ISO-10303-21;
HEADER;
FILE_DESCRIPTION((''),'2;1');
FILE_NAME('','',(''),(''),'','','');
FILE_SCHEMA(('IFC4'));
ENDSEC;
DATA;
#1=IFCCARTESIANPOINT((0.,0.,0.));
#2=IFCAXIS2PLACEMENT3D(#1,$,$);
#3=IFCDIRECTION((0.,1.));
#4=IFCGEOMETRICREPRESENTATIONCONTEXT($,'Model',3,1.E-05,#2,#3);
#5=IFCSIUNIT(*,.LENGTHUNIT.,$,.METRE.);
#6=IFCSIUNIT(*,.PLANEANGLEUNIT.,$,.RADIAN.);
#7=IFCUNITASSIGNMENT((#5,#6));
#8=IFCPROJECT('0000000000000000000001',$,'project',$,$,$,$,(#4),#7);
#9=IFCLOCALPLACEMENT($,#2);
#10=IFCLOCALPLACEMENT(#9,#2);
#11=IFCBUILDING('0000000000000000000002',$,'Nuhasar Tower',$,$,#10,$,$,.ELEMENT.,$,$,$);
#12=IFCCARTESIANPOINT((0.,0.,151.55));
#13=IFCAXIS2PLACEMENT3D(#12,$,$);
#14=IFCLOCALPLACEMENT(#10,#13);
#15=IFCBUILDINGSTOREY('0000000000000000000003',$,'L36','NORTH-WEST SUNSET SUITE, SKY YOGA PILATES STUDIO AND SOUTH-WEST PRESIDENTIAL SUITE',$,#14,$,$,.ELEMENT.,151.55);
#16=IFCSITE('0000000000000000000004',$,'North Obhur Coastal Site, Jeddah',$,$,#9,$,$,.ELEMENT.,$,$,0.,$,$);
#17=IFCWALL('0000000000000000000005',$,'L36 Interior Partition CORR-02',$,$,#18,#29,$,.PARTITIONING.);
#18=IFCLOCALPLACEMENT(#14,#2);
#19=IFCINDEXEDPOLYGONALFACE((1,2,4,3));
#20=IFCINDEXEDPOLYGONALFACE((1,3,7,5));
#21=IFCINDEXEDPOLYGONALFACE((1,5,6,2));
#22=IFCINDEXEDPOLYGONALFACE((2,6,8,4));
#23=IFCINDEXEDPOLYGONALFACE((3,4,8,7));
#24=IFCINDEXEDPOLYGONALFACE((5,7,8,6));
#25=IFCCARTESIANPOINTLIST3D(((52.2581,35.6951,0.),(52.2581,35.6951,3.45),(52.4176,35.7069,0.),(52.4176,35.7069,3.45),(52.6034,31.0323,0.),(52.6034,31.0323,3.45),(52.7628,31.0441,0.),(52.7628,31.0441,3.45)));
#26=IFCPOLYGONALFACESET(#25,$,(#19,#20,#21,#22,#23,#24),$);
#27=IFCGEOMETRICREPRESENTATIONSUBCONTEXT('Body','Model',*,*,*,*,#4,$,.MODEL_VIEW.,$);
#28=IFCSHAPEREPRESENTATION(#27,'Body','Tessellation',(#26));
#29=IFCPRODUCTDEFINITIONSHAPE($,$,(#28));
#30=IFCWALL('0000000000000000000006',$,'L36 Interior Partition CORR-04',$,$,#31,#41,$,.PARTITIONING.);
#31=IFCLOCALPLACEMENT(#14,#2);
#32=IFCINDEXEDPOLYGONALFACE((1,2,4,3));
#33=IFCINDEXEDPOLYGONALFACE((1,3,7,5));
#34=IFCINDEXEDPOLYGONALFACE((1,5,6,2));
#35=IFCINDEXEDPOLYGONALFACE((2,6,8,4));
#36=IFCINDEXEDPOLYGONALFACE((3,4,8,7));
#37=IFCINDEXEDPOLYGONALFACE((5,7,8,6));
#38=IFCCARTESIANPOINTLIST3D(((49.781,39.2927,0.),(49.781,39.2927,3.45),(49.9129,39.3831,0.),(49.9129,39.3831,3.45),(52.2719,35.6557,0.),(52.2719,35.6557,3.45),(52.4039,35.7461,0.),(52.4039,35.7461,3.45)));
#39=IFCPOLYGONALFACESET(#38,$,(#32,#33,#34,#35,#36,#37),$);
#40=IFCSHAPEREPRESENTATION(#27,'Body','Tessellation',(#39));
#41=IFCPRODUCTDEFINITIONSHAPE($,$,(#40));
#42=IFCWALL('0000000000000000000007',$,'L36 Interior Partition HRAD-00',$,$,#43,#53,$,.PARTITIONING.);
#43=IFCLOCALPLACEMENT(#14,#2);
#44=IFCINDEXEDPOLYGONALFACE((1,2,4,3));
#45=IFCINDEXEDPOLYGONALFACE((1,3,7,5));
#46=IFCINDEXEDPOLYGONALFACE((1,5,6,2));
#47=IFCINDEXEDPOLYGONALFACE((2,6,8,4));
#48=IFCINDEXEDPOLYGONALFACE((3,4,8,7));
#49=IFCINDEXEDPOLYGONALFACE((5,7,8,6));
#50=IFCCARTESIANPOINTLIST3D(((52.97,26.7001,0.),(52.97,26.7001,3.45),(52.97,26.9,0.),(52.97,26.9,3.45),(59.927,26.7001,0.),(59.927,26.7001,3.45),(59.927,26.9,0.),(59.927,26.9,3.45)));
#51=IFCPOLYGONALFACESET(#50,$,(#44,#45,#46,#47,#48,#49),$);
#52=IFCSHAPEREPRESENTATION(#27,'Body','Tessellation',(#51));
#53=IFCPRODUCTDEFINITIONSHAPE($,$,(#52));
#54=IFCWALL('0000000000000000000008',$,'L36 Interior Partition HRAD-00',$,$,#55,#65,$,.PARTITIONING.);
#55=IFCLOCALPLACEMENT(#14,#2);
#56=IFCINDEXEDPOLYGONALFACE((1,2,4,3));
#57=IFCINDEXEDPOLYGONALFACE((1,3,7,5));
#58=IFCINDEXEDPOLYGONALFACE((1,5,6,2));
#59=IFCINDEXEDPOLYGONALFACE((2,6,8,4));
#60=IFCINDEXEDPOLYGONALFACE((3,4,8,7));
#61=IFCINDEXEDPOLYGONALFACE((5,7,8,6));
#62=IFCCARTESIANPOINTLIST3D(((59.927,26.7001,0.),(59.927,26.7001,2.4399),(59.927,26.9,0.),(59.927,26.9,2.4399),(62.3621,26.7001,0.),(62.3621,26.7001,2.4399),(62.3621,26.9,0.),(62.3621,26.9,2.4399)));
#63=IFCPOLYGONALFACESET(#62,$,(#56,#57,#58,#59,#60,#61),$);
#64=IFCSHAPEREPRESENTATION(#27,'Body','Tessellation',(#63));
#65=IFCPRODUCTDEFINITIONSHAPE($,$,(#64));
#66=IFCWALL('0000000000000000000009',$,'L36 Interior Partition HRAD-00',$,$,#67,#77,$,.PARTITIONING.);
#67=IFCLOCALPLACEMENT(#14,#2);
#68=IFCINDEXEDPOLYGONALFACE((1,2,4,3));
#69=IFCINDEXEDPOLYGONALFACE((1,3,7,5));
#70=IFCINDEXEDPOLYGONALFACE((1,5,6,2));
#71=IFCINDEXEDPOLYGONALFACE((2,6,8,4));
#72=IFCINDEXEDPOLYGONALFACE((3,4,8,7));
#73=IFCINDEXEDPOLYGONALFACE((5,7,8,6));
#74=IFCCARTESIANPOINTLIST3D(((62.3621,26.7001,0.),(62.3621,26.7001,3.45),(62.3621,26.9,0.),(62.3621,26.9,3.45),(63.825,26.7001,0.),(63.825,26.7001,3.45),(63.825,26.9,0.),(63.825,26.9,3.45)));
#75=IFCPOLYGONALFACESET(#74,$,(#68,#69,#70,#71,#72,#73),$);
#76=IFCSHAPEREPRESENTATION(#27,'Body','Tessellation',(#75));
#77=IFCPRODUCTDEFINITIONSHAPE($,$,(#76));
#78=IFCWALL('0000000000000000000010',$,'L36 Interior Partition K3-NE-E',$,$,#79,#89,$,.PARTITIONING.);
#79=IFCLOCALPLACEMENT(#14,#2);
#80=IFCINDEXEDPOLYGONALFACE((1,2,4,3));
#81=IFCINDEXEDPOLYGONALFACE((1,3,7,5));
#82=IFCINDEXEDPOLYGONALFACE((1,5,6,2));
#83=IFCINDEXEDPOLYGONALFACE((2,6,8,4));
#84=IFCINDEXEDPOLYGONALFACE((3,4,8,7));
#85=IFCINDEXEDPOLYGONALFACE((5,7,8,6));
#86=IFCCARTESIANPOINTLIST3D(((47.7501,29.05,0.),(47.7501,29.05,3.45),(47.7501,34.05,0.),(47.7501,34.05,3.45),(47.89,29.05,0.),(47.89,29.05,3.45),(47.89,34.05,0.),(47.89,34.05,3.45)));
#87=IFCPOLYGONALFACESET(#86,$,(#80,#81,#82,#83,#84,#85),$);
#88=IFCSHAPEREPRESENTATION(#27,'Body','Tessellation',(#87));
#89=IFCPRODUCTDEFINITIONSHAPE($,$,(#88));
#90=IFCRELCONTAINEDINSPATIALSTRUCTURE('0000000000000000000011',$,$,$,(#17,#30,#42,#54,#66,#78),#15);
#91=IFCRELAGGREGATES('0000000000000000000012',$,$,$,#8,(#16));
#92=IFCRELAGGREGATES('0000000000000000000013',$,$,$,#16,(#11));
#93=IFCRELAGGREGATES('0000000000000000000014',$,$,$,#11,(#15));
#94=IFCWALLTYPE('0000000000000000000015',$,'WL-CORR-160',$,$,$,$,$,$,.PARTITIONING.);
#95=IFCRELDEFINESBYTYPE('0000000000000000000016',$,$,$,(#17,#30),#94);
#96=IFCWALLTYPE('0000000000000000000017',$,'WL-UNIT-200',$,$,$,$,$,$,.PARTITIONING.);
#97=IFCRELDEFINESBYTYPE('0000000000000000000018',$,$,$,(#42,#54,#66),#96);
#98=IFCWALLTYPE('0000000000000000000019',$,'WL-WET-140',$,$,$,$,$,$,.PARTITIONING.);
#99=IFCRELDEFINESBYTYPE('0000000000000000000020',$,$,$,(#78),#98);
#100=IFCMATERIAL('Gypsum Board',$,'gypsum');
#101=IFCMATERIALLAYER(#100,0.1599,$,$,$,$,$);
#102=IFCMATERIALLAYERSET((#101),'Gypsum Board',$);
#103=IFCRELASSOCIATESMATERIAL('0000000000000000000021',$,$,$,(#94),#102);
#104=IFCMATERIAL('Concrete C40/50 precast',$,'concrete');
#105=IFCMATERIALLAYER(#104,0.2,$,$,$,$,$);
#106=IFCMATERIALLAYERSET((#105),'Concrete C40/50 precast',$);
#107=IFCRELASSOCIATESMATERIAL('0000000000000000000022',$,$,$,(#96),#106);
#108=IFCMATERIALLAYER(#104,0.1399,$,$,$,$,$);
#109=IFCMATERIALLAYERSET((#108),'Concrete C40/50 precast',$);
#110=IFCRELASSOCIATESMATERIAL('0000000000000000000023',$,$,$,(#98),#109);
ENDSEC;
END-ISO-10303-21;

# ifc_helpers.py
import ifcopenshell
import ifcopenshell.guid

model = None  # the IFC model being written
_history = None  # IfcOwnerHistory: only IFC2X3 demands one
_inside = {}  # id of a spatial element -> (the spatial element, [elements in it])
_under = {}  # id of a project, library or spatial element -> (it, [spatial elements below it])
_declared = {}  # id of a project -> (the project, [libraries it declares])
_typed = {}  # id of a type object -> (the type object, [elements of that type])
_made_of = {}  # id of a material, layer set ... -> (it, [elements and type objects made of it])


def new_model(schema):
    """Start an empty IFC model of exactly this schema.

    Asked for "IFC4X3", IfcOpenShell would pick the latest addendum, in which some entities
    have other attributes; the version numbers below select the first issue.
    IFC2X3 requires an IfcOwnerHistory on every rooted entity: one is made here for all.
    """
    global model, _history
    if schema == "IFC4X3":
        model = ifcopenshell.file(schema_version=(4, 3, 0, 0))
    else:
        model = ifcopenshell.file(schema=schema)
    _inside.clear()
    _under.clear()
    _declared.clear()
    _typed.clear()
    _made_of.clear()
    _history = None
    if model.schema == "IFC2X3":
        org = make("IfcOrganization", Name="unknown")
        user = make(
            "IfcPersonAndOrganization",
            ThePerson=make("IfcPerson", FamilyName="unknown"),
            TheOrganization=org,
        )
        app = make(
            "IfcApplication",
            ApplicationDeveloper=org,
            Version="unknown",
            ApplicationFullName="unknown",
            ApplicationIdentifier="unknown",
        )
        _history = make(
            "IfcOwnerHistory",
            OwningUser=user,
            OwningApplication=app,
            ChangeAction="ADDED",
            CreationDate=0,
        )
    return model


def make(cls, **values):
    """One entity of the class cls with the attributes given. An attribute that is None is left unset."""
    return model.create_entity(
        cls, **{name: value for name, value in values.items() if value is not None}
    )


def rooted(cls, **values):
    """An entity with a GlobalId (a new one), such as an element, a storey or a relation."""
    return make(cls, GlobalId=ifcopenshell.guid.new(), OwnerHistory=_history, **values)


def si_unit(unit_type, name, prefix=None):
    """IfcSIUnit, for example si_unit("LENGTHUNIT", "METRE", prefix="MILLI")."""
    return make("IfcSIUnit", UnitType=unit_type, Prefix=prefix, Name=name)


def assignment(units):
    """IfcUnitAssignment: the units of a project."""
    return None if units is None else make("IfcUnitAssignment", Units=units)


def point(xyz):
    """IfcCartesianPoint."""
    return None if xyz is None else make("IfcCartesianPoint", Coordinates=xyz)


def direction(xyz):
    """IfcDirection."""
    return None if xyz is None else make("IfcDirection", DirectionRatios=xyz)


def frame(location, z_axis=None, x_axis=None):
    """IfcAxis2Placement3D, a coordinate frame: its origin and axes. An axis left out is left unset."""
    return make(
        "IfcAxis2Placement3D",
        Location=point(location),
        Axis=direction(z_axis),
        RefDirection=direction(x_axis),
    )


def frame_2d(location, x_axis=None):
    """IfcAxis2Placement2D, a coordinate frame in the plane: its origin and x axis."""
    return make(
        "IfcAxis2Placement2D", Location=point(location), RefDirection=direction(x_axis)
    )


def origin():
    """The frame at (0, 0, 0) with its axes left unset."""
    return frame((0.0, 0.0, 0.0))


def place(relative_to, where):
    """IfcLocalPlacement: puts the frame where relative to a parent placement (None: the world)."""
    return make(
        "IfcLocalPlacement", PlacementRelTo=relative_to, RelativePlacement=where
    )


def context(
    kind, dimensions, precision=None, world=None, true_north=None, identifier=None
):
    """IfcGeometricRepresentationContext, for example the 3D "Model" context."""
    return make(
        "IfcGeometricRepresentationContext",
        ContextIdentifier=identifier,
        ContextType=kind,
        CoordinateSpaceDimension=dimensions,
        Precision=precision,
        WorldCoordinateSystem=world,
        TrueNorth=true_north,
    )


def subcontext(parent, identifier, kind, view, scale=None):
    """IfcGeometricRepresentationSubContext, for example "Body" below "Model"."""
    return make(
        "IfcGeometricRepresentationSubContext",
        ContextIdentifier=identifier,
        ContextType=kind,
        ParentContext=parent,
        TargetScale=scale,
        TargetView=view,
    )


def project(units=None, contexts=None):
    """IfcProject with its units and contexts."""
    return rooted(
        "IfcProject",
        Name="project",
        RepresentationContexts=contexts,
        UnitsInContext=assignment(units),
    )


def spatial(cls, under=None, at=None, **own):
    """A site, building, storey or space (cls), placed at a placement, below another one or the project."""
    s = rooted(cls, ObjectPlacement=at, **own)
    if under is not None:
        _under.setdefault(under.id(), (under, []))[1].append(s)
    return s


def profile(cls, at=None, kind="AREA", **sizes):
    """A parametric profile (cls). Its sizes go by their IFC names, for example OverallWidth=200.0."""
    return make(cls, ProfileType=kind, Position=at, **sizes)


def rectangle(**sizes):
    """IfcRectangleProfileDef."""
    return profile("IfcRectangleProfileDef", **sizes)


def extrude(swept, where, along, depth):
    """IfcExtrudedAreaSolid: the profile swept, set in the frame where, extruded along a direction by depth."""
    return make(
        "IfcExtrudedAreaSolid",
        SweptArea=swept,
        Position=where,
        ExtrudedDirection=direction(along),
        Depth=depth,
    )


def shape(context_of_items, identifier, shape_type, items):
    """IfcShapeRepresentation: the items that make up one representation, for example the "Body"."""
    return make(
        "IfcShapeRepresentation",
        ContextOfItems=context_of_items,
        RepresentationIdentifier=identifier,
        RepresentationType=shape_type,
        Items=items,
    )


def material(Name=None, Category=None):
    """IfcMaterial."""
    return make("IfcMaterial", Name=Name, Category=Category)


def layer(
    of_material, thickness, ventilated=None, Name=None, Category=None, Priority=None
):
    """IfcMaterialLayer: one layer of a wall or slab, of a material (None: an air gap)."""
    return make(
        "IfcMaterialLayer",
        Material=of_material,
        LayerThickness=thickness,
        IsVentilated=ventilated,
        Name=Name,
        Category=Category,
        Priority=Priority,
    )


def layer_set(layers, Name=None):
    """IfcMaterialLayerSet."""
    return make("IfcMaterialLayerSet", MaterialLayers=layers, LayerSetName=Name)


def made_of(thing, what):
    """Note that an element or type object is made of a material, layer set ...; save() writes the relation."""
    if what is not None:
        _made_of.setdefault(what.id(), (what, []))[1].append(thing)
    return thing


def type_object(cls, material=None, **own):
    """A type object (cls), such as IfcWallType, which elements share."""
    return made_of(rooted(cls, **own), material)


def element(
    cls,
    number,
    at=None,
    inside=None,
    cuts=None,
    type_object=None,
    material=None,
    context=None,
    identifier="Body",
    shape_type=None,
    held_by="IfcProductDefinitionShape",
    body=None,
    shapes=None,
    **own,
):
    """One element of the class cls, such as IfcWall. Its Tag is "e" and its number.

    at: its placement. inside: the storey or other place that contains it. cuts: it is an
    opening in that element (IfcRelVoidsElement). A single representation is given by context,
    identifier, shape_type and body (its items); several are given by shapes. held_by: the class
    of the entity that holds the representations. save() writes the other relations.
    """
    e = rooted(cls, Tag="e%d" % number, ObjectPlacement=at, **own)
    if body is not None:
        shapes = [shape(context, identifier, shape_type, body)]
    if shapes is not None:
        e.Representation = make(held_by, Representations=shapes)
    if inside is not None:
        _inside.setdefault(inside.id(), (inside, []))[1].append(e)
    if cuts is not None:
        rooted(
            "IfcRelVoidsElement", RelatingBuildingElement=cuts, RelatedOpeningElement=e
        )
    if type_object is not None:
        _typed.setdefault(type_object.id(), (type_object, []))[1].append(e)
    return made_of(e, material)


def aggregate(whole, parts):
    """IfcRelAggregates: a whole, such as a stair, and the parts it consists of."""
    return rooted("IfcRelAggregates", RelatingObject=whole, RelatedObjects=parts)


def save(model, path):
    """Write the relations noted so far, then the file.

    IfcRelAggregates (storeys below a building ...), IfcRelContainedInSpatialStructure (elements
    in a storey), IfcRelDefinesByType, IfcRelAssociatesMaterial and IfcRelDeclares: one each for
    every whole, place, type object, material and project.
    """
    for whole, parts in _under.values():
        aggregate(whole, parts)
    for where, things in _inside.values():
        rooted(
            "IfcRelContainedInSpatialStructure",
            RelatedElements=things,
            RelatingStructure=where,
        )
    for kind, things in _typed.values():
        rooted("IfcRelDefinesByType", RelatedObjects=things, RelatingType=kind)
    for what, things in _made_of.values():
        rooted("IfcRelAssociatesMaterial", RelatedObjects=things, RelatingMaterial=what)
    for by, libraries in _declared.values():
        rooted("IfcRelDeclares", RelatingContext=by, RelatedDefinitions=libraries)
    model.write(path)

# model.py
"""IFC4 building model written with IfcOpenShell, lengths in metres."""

from ifc_helpers import new_model, si_unit, direction, frame, frame_2d, origin, place, context, subcontext, project, spatial, rectangle, extrude, material, layer, layer_set, type_object, element, save


model = new_model("IFC4")

# Units and contexts
model_context = context("Model", 3, precision=1e-05, world=origin(), true_north=direction((0.0, 1.0)))
body_context = subcontext(model_context, "Body", "Model", "MODEL_VIEW")
ifc_project = project(units=[si_unit("LENGTHUNIT", "METRE"), si_unit("PLANEANGLEUNIT", "RADIAN")], contexts=[model_context])

# Site, building, storey
site_placement = place(None, origin())
site = spatial("IfcSite", under=ifc_project, at=site_placement, Name="North Obhur Coastal Site, Jeddah", CompositionType="ELEMENT", RefElevation=0.0)
building_placement = place(site_placement, origin())
building = spatial("IfcBuilding", under=site, at=building_placement, Name="Nuhasar Tower", CompositionType="ELEMENT")
storey_placement = place(building_placement, frame((0.0, 0.0, 151.55)))
storey = spatial("IfcBuildingStorey", under=building, at=storey_placement, Name="L36", Description="NORTH-WEST SUNSET SUITE, SKY YOGA PILATES STUDIO AND SOUTH-WEST PRESIDENTIAL SUITE", CompositionType="ELEMENT", Elevation=151.55)

# Shared definitions
ifc_material_1 = material(Name="Gypsum Board", Category="gypsum")
ifc_layer_1 = layer(ifc_material_1, 0.1599)
ifc_layer_set_1 = layer_set([ifc_layer_1], Name="Gypsum Board")
wall_type_1 = type_object("IfcWallType", Name="WL-CORR-160", PredefinedType="PARTITIONING", material=ifc_layer_set_1)

# Walls
wall_1_placement = place(storey_placement, frame((52.6831, 31.0381, 0.0), z_axis=(0.0, 0.0, 1.0), x_axis=(-0.073833, 0.997271, 0.0)))
element("IfcWall", 1, at=wall_1_placement, inside=storey, type_object=wall_type_1, Name="L36 Interior Partition CORR-02", PredefinedType="PARTITIONING", context=body_context, shape_type="SweptSolid", body=[
    extrude(rectangle(XDim=4.6755, YDim=0.1599, at=frame_2d((2.3379, 0.0))), origin(), (0.0, 0.0, 1.0), 3.45),
])
wall_2_placement = place(storey_placement, frame((52.3379, 35.7009, 0.0), z_axis=(0.0, 0.0, 1.0), x_axis=(-0.565073, 0.825041, 0.0)))
element("IfcWall", 2, at=wall_2_placement, inside=storey, type_object=wall_type_1, Name="L36 Interior Partition CORR-04", PredefinedType="PARTITIONING", context=body_context, shape_type="SweptSolid", body=[
    extrude(rectangle(XDim=4.4082, YDim=0.1599, at=frame_2d((2.2041, 0.0))), origin(), (0.0, 0.0, 1.0), 3.45),
])
ifc_material_2 = material(Name="Concrete C40/50 precast", Category="concrete")
ifc_layer_2 = layer(ifc_material_2, 0.2)
ifc_layer_set_2 = layer_set([ifc_layer_2], Name="Concrete C40/50 precast")
wall_type_2 = type_object("IfcWallType", Name="WL-UNIT-200", PredefinedType="PARTITIONING", material=ifc_layer_set_2)
wall_3_placement = place(storey_placement, frame((52.97, 26.8, 0.0), z_axis=(0.0, 0.0, 1.0), x_axis=(1.0, 0.0, 0.0)))
element("IfcWall", 3, at=wall_3_placement, inside=storey, type_object=wall_type_2, Name="L36 Interior Partition HRAD-00", PredefinedType="PARTITIONING", context=body_context, shape_type="SweptSolid", body=[
    extrude(rectangle(XDim=6.957, YDim=0.2, at=frame_2d((3.4785, 0.0))), origin(), (0.0, 0.0, 1.0), 3.45),
])
wall_4_placement = place(storey_placement, frame((59.927, 26.8, 0.0), z_axis=(0.0, 0.0, 1.0), x_axis=(1.0, 0.0, 0.0)))
element("IfcWall", 4, at=wall_4_placement, inside=storey, type_object=wall_type_2, Name="L36 Interior Partition HRAD-00", PredefinedType="PARTITIONING", context=body_context, shape_type="SweptSolid", body=[
    extrude(rectangle(XDim=2.4351, YDim=0.2, at=frame_2d((1.2175, 0.0))), origin(), (0.0, 0.0, 1.0), 2.4399),
])
wall_5_placement = place(storey_placement, frame((62.3621, 26.8, 0.0), z_axis=(0.0, 0.0, 1.0), x_axis=(1.0, 0.0, 0.0)))
element("IfcWall", 5, at=wall_5_placement, inside=storey, type_object=wall_type_2, Name="L36 Interior Partition HRAD-00", PredefinedType="PARTITIONING", context=body_context, shape_type="SweptSolid", body=[
    extrude(rectangle(XDim=1.4629, YDim=0.2, at=frame_2d((0.7314, 0.0))), origin(), (0.0, 0.0, 1.0), 3.45),
])
ifc_layer_3 = layer(ifc_material_2, 0.1399)
ifc_layer_set_3 = layer_set([ifc_layer_3], Name="Concrete C40/50 precast")
wall_type_3 = type_object("IfcWallType", Name="WL-WET-140", PredefinedType="PARTITIONING", material=ifc_layer_set_3)
wall_6_placement = place(storey_placement, frame((47.8201, 29.05, 0.0), z_axis=(0.0, 0.0, 1.0), x_axis=(0.0, 1.0, 0.0)))
element("IfcWall", 6, at=wall_6_placement, inside=storey, type_object=wall_type_3, Name="L36 Interior Partition K3-NE-E", PredefinedType="PARTITIONING", context=body_context, shape_type="SweptSolid", body=[
    extrude(rectangle(XDim=5.0, YDim=0.1399, at=frame_2d((2.5, 0.0))), origin(), (0.0, 0.0, 1.0), 3.45),
])

save(model, "model.ifc")
